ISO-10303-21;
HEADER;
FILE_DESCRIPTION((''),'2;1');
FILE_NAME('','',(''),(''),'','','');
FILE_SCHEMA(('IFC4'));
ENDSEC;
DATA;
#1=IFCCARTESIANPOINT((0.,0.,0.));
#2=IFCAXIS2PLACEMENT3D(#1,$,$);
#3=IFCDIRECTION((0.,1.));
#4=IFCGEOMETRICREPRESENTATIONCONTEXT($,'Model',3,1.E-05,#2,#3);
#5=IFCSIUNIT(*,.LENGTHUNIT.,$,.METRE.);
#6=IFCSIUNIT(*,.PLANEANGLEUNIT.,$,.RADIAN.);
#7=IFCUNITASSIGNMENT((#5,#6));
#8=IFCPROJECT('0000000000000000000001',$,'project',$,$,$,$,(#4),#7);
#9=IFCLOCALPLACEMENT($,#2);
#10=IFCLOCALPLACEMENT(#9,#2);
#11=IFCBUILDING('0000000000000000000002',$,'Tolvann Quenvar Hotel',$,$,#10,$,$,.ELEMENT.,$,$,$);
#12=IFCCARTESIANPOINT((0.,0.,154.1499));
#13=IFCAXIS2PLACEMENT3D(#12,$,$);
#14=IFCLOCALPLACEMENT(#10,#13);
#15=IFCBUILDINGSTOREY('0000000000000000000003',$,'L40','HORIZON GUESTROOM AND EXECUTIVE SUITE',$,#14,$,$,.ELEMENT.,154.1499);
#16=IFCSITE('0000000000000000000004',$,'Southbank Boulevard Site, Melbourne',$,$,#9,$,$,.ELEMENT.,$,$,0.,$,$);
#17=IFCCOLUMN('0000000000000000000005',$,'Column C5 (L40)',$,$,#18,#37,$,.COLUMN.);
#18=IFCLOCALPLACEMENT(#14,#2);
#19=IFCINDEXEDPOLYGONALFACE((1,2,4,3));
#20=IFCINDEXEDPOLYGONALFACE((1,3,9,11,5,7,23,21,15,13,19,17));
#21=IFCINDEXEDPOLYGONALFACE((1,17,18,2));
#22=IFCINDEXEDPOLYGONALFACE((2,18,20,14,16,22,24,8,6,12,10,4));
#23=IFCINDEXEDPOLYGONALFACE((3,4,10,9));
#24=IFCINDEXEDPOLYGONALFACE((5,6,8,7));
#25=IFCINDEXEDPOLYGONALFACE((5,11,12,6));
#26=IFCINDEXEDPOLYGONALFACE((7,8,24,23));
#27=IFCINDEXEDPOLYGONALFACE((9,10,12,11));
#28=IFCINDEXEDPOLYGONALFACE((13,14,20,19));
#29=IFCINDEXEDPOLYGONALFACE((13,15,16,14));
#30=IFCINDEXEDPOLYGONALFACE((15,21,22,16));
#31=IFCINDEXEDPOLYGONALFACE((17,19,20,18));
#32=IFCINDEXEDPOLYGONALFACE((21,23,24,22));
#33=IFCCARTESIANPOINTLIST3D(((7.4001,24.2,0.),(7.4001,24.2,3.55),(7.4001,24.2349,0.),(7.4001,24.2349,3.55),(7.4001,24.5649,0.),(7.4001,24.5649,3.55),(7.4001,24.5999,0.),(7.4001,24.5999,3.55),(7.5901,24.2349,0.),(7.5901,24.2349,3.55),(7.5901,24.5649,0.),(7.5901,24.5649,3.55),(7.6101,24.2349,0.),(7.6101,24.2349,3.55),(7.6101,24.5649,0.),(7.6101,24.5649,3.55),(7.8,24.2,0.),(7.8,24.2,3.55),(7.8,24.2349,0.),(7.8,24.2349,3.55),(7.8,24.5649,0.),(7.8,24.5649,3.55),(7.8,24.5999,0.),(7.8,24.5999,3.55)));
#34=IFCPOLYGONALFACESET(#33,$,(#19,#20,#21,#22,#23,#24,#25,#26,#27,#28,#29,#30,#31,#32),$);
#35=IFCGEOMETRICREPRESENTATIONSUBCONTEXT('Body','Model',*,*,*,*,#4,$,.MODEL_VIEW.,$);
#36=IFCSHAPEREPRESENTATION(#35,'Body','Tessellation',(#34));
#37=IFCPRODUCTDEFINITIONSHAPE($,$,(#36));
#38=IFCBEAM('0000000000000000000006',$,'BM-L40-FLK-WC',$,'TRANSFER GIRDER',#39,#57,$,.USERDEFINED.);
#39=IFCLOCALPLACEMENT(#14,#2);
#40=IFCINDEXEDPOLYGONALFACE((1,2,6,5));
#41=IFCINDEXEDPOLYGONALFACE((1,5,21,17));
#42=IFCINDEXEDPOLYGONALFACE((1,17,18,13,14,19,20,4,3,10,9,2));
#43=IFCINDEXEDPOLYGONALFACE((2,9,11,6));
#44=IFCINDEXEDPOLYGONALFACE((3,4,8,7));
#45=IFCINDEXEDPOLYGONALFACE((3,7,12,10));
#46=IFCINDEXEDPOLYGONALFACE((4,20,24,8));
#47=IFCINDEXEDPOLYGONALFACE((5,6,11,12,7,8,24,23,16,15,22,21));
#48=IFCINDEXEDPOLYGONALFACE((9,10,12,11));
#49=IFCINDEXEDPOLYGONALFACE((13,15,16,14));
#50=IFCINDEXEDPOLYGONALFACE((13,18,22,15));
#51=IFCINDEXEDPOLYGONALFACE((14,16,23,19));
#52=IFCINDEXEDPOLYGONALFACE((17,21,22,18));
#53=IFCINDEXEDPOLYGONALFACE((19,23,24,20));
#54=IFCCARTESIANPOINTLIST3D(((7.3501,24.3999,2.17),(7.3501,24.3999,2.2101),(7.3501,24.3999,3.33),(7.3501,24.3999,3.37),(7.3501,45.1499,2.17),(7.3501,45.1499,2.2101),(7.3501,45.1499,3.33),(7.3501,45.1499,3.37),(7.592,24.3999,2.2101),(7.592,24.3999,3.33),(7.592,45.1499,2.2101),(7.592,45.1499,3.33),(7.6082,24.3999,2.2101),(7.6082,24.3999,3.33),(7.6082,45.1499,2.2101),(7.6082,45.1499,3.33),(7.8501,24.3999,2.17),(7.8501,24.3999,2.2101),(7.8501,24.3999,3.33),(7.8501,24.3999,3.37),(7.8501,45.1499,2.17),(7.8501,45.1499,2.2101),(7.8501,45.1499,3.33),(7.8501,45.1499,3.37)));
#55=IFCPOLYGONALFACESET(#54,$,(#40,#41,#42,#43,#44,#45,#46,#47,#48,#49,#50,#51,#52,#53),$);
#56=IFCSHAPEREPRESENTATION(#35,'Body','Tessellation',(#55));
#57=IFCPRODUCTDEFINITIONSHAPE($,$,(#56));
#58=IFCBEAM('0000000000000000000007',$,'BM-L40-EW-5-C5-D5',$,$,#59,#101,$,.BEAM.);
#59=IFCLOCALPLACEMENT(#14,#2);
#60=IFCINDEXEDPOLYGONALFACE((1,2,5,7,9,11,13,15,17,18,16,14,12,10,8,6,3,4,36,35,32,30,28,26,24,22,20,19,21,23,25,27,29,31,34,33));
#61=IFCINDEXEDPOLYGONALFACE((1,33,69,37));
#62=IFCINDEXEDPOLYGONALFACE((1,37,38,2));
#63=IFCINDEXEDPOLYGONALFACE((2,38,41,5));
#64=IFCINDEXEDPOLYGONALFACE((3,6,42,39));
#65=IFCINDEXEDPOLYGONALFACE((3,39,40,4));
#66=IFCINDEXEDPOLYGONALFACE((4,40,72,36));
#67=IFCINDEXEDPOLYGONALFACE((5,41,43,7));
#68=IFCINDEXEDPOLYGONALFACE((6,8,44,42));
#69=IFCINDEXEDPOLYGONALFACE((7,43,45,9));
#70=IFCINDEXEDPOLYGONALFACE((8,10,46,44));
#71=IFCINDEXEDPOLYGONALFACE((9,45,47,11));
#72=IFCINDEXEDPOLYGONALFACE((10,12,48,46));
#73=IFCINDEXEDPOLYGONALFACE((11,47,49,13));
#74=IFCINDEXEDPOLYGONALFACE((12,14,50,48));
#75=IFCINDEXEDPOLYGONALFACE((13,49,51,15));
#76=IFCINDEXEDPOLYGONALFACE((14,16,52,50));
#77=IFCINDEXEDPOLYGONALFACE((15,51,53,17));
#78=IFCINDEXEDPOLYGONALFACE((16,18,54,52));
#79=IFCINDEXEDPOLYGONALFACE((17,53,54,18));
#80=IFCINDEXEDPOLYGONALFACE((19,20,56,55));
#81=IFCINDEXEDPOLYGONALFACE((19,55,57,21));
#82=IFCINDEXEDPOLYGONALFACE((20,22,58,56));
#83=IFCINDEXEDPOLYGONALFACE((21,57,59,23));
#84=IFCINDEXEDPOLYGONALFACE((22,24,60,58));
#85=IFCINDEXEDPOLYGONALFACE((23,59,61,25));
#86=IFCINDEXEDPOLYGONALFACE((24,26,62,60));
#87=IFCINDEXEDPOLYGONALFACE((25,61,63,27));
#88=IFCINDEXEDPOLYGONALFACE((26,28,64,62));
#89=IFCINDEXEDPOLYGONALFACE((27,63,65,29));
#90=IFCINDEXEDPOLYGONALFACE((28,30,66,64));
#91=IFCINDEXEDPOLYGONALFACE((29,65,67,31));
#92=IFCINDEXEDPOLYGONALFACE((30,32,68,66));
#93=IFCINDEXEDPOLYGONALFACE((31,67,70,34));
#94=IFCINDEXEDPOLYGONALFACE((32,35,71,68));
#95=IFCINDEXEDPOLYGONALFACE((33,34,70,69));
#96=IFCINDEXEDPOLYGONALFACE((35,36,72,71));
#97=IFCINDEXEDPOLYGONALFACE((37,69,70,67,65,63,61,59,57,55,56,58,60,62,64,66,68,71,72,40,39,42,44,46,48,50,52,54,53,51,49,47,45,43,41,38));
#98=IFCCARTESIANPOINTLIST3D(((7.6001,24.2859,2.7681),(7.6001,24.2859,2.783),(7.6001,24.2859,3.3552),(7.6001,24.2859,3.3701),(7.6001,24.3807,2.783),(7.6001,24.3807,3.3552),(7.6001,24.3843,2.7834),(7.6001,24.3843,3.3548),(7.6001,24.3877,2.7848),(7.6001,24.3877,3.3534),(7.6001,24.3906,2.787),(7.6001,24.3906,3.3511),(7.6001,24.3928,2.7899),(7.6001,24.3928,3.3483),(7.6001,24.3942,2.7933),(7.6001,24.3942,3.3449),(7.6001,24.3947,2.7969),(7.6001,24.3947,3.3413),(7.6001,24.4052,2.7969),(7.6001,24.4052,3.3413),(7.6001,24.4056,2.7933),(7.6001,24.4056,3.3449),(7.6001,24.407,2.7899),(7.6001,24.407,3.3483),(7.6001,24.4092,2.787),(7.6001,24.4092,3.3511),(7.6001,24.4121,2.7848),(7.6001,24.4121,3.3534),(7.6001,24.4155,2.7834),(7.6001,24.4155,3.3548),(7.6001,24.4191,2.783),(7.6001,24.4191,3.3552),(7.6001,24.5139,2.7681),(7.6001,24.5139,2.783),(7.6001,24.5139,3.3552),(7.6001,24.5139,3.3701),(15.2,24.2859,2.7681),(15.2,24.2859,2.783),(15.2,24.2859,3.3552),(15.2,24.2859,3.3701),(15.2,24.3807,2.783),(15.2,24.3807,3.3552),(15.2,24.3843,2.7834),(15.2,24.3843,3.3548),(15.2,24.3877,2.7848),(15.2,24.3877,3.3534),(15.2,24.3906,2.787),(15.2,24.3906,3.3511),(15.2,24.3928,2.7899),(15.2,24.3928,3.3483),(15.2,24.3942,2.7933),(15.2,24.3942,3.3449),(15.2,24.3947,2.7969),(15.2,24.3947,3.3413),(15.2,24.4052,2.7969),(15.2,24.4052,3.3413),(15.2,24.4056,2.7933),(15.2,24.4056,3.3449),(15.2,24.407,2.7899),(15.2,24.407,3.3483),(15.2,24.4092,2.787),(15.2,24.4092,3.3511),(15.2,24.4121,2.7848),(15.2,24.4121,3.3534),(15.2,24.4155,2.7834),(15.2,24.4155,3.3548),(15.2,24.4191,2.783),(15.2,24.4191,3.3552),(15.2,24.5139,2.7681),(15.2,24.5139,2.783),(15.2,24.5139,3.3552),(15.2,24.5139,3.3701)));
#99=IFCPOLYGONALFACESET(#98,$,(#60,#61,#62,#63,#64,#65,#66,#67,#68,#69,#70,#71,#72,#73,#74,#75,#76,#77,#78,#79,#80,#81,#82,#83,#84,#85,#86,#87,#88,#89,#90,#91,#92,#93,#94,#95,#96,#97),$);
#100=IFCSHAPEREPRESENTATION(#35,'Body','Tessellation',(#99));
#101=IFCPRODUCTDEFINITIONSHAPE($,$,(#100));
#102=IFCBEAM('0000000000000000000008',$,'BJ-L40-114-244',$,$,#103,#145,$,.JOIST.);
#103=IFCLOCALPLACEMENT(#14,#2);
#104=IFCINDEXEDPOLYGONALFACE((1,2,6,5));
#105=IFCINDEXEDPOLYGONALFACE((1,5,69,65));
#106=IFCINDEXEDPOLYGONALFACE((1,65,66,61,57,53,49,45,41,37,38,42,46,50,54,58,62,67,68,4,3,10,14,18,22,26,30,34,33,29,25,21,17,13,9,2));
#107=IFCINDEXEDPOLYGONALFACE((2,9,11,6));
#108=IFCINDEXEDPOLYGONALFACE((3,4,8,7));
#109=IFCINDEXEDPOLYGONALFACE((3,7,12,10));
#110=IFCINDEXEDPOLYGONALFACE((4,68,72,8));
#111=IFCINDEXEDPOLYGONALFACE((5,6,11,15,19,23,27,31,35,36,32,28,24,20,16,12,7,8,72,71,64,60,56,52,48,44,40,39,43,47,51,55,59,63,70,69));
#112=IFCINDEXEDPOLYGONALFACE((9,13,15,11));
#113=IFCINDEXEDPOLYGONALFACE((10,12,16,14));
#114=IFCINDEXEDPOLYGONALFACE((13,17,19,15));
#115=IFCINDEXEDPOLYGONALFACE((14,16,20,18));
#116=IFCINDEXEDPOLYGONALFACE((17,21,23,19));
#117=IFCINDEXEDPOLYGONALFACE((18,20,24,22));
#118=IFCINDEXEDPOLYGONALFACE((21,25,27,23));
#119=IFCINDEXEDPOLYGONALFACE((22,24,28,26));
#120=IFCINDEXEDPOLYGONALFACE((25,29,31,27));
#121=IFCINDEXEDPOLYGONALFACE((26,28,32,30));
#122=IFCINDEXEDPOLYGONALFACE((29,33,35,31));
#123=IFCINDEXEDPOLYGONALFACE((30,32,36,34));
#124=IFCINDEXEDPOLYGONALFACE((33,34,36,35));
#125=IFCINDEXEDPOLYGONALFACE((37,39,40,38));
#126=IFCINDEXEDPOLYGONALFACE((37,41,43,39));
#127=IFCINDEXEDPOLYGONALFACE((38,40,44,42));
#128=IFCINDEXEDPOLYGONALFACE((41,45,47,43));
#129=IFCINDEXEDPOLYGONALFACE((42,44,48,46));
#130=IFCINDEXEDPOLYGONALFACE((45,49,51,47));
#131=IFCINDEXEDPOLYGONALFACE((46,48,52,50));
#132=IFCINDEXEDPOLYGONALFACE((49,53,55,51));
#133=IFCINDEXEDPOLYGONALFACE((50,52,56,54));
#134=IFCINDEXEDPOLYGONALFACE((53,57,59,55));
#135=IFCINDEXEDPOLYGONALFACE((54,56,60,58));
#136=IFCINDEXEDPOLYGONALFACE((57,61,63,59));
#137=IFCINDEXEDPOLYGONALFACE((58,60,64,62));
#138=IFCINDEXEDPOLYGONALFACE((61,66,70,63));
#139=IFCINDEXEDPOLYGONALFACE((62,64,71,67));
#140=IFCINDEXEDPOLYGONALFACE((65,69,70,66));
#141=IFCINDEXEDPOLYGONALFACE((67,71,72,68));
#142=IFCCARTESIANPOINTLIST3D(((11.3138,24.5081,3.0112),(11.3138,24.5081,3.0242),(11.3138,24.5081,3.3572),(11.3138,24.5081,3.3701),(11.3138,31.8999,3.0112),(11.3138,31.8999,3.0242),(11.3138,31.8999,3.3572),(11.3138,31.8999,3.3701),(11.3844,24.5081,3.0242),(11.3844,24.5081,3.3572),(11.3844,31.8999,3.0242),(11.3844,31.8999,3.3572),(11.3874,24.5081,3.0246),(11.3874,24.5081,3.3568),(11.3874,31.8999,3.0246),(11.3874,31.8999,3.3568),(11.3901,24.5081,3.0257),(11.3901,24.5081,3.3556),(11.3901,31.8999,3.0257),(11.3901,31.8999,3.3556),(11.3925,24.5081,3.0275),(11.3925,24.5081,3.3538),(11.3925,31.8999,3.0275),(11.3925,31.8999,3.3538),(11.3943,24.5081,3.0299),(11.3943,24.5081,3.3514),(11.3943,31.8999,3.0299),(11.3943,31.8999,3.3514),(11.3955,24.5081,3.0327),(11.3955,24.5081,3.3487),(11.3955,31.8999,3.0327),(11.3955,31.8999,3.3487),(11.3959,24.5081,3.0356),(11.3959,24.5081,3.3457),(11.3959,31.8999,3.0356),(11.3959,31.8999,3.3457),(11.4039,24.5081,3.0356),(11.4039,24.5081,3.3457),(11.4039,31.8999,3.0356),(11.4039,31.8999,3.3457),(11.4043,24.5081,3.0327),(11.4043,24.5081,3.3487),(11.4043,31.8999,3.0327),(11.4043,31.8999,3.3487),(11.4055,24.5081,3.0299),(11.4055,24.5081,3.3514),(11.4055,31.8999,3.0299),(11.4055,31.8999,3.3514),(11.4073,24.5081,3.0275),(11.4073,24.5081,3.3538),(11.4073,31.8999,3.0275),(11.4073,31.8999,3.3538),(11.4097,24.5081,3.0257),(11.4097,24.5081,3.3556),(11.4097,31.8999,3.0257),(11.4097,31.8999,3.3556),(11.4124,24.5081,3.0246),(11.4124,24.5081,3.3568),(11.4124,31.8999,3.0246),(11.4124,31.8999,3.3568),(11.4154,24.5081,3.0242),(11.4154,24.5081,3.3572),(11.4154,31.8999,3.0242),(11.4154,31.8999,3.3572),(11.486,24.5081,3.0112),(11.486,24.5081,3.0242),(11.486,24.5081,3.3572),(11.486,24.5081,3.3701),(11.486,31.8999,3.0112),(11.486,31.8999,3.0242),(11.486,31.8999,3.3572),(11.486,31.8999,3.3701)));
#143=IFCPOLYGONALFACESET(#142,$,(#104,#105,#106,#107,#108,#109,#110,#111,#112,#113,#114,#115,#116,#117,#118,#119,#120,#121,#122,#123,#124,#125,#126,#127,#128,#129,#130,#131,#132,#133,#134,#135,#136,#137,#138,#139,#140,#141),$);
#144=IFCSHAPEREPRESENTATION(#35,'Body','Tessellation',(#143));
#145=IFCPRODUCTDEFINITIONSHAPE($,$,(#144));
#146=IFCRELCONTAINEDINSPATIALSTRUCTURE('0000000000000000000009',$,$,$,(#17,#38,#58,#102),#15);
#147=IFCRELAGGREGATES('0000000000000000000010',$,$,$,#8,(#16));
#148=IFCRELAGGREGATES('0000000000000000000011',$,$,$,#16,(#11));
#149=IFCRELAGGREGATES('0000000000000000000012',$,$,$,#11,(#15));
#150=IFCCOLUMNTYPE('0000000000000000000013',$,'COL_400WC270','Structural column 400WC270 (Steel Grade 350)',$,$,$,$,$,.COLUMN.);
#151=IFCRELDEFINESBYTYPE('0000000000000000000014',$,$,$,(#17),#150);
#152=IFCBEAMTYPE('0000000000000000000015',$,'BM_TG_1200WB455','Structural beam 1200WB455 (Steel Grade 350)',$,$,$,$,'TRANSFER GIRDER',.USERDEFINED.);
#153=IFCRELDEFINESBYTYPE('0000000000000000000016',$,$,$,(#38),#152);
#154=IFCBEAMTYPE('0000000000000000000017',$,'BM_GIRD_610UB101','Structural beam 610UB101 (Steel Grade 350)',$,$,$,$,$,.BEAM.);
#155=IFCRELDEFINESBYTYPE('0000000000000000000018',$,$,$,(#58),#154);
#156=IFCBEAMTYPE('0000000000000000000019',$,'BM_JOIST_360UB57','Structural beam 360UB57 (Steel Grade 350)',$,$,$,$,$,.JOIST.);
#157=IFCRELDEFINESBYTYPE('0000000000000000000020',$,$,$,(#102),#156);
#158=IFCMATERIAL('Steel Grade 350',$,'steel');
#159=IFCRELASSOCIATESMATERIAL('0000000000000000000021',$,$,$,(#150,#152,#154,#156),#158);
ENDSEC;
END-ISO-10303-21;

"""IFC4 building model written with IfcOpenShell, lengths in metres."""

from ifc_helpers import new_model, si_unit, direction, frame, origin, origin_2d, place, context, subcontext, project, spatial, i_section, extrude, source, transform, mapped, material, material_profile, profile_set, type_object, type_shapes, element, save


model = new_model("IFC4")

# Units and contexts
model_context = context("Model", 3, precision=1e-05, world=origin(), true_north=direction((0.0, 1.0)))
body_context = subcontext(model_context, "Body", "Model", "MODEL_VIEW")
ifc_project = project(units=[si_unit("LENGTHUNIT", "METRE"), si_unit("PLANEANGLEUNIT", "RADIAN")], contexts=[model_context])

# Site, building, storey
site_placement = place(None, origin())
site = spatial("IfcSite", under=ifc_project, at=site_placement, Name="Southbank Boulevard Site, Melbourne", CompositionType="ELEMENT", RefElevation=0.0)
building_placement = place(site_placement, origin())
building = spatial("IfcBuilding", under=site, at=building_placement, Name="Tolvann Quenvar Hotel", CompositionType="ELEMENT")
storey_placement = place(building_placement, frame((0.0, 0.0, 154.1499)))
storey = spatial("IfcBuildingStorey", under=building, at=storey_placement, Name="L40", Description="HORIZON GUESTROOM AND EXECUTIVE SUITE", CompositionType="ELEMENT", Elevation=154.1499)

# Column
ifc_material_1 = material(Name="Steel Grade 350", Category="steel")
ifc_material_profile_1 = material_profile(ifc_material_1, i_section(OverallWidth=0.3999, OverallDepth=0.3999, WebThickness=0.02, FlangeThickness=0.0349, at=origin_2d()), Name="400WC270")
ifc_profile_set_1 = profile_set([ifc_material_profile_1], Name="Steel Grade 350")
column_type = type_object("IfcColumnType", Name="COL_400WC270", Description="Structural column 400WC270 (Steel Grade 350)", PredefinedType="COLUMN", material=ifc_profile_set_1)
shared_shape_1 = source(origin(), body_context, "Body", "SweptSolid", [
    extrude(i_section(OverallWidth=0.3999, OverallDepth=0.3999, WebThickness=0.02, FlangeThickness=0.0349, at=origin_2d()), origin(), (0.0, 0.0, 1.0), 3.55),
])
type_shapes(column_type, [shared_shape_1])
column_placement = place(storey_placement, frame((7.6001, 24.3999, 0.0), z_axis=(0.0, 0.0, 1.0), x_axis=(1.0, 0.0, 0.0)))
element("IfcColumn", 1, at=column_placement, inside=storey, type_object=column_type, Name="Column C5 (L40)", PredefinedType="COLUMN", context=body_context, shape_type="MappedRepresentation", body=[
    mapped(shared_shape_1, transform((0.0, 0.0, 0.0), x_axis=(1.0, 0.0, 0.0), y_axis=(0.0, 1.0, 0.0), z_axis=(0.0, 0.0, 1.0), scale=1.0)),
])

# Beams
ifc_material_profile_2 = material_profile(ifc_material_1, i_section(OverallWidth=0.5, OverallDepth=1.2, WebThickness=0.0161, FlangeThickness=0.04, at=origin_2d()), Name="1200WB455")
ifc_profile_set_2 = profile_set([ifc_material_profile_2], Name="Steel Grade 350")
beam_type_1 = type_object("IfcBeamType", Name="BM_TG_1200WB455", Description="Structural beam 1200WB455 (Steel Grade 350)", ElementType="TRANSFER GIRDER", PredefinedType="USERDEFINED", material=ifc_profile_set_2)
shared_shape_2 = source(origin(), body_context, "Body", "SweptSolid", [
    extrude(i_section(OverallWidth=0.5, OverallDepth=1.2, WebThickness=0.0161, FlangeThickness=0.04, at=origin_2d()), origin(), (0.0, 0.0, 1.0), 20.75),
])
type_shapes(beam_type_1, [shared_shape_2])
beam_1_placement = place(storey_placement, frame((7.6001, 24.3999, 2.77), z_axis=(0.0, 1.0, 0.0), x_axis=(-1.0, 0.0, 0.0)))
element("IfcBeam", 2, at=beam_1_placement, inside=storey, type_object=beam_type_1, Name="BM-L40-FLK-WC", ObjectType="TRANSFER GIRDER", PredefinedType="USERDEFINED", context=body_context, shape_type="MappedRepresentation", body=[
    mapped(shared_shape_2, transform((0.0, 0.0, 0.0), x_axis=(1.0, 0.0, 0.0), y_axis=(0.0, 1.0, 0.0), z_axis=(0.0, 0.0, 1.0), scale=1.0)),
])
ifc_material_profile_3 = material_profile(ifc_material_1, i_section(OverallWidth=0.228, OverallDepth=0.6021, WebThickness=0.0105, FlangeThickness=0.0149, FilletRadius=0.0139, at=origin_2d()), Name="610UB101")
ifc_profile_set_3 = profile_set([ifc_material_profile_3], Name="Steel Grade 350")
beam_type_2 = type_object("IfcBeamType", Name="BM_GIRD_610UB101", Description="Structural beam 610UB101 (Steel Grade 350)", PredefinedType="BEAM", material=ifc_profile_set_3)
shared_shape_3 = source(origin(), body_context, "Body", "SweptSolid", [
    extrude(i_section(OverallWidth=0.228, OverallDepth=0.6021, WebThickness=0.0105, FlangeThickness=0.0149, FilletRadius=0.0139, at=origin_2d()), origin(), (0.0, 0.0, 1.0), 7.5999),
])
type_shapes(beam_type_2, [shared_shape_3])
beam_2_placement = place(storey_placement, frame((7.6001, 24.3999, 3.0691), z_axis=(1.0, 0.0, 0.0), x_axis=(0.0, 1.0, 0.0)))
element("IfcBeam", 3, at=beam_2_placement, inside=storey, type_object=beam_type_2, Name="BM-L40-EW-5-C5-D5", PredefinedType="BEAM", context=body_context, shape_type="MappedRepresentation", body=[
    mapped(shared_shape_3, transform((0.0, 0.0, 0.0), x_axis=(1.0, 0.0, 0.0), y_axis=(0.0, 1.0, 0.0), z_axis=(0.0, 0.0, 1.0), scale=1.0)),
])
ifc_material_profile_4 = material_profile(ifc_material_1, i_section(OverallWidth=0.1721, OverallDepth=0.3589, WebThickness=0.0081, FlangeThickness=0.0129, FilletRadius=0.0115, at=origin_2d()), Name="360UB57")
ifc_profile_set_4 = profile_set([ifc_material_profile_4], Name="Steel Grade 350")
beam_type_3 = type_object("IfcBeamType", Name="BM_JOIST_360UB57", Description="Structural beam 360UB57 (Steel Grade 350)", PredefinedType="JOIST", material=ifc_profile_set_4)
shared_shape_4 = source(origin(), body_context, "Body", "SweptSolid", [
    extrude(i_section(OverallWidth=0.1721, OverallDepth=0.3589, WebThickness=0.0081, FlangeThickness=0.0129, FilletRadius=0.0115, at=origin_2d()), origin(), (0.0, 0.0, 1.0), 7.3918),
])
type_shapes(beam_type_3, [shared_shape_4])
beam_3_placement = place(storey_placement, frame((11.3999, 24.5081, 3.1907), z_axis=(0.0, 1.0, 0.0), x_axis=(-1.0, 0.0, 0.0)))
element("IfcBeam", 4, at=beam_3_placement, inside=storey, type_object=beam_type_3, Name="BJ-L40-114-244", PredefinedType="JOIST", context=body_context, shape_type="MappedRepresentation", body=[
    mapped(shared_shape_4, transform((0.0, 0.0, 0.0), x_axis=(1.0, 0.0, 0.0), y_axis=(0.0, 1.0, 0.0), z_axis=(0.0, 0.0, 1.0), scale=1.0)),
])

save(model, "model.ifc")
